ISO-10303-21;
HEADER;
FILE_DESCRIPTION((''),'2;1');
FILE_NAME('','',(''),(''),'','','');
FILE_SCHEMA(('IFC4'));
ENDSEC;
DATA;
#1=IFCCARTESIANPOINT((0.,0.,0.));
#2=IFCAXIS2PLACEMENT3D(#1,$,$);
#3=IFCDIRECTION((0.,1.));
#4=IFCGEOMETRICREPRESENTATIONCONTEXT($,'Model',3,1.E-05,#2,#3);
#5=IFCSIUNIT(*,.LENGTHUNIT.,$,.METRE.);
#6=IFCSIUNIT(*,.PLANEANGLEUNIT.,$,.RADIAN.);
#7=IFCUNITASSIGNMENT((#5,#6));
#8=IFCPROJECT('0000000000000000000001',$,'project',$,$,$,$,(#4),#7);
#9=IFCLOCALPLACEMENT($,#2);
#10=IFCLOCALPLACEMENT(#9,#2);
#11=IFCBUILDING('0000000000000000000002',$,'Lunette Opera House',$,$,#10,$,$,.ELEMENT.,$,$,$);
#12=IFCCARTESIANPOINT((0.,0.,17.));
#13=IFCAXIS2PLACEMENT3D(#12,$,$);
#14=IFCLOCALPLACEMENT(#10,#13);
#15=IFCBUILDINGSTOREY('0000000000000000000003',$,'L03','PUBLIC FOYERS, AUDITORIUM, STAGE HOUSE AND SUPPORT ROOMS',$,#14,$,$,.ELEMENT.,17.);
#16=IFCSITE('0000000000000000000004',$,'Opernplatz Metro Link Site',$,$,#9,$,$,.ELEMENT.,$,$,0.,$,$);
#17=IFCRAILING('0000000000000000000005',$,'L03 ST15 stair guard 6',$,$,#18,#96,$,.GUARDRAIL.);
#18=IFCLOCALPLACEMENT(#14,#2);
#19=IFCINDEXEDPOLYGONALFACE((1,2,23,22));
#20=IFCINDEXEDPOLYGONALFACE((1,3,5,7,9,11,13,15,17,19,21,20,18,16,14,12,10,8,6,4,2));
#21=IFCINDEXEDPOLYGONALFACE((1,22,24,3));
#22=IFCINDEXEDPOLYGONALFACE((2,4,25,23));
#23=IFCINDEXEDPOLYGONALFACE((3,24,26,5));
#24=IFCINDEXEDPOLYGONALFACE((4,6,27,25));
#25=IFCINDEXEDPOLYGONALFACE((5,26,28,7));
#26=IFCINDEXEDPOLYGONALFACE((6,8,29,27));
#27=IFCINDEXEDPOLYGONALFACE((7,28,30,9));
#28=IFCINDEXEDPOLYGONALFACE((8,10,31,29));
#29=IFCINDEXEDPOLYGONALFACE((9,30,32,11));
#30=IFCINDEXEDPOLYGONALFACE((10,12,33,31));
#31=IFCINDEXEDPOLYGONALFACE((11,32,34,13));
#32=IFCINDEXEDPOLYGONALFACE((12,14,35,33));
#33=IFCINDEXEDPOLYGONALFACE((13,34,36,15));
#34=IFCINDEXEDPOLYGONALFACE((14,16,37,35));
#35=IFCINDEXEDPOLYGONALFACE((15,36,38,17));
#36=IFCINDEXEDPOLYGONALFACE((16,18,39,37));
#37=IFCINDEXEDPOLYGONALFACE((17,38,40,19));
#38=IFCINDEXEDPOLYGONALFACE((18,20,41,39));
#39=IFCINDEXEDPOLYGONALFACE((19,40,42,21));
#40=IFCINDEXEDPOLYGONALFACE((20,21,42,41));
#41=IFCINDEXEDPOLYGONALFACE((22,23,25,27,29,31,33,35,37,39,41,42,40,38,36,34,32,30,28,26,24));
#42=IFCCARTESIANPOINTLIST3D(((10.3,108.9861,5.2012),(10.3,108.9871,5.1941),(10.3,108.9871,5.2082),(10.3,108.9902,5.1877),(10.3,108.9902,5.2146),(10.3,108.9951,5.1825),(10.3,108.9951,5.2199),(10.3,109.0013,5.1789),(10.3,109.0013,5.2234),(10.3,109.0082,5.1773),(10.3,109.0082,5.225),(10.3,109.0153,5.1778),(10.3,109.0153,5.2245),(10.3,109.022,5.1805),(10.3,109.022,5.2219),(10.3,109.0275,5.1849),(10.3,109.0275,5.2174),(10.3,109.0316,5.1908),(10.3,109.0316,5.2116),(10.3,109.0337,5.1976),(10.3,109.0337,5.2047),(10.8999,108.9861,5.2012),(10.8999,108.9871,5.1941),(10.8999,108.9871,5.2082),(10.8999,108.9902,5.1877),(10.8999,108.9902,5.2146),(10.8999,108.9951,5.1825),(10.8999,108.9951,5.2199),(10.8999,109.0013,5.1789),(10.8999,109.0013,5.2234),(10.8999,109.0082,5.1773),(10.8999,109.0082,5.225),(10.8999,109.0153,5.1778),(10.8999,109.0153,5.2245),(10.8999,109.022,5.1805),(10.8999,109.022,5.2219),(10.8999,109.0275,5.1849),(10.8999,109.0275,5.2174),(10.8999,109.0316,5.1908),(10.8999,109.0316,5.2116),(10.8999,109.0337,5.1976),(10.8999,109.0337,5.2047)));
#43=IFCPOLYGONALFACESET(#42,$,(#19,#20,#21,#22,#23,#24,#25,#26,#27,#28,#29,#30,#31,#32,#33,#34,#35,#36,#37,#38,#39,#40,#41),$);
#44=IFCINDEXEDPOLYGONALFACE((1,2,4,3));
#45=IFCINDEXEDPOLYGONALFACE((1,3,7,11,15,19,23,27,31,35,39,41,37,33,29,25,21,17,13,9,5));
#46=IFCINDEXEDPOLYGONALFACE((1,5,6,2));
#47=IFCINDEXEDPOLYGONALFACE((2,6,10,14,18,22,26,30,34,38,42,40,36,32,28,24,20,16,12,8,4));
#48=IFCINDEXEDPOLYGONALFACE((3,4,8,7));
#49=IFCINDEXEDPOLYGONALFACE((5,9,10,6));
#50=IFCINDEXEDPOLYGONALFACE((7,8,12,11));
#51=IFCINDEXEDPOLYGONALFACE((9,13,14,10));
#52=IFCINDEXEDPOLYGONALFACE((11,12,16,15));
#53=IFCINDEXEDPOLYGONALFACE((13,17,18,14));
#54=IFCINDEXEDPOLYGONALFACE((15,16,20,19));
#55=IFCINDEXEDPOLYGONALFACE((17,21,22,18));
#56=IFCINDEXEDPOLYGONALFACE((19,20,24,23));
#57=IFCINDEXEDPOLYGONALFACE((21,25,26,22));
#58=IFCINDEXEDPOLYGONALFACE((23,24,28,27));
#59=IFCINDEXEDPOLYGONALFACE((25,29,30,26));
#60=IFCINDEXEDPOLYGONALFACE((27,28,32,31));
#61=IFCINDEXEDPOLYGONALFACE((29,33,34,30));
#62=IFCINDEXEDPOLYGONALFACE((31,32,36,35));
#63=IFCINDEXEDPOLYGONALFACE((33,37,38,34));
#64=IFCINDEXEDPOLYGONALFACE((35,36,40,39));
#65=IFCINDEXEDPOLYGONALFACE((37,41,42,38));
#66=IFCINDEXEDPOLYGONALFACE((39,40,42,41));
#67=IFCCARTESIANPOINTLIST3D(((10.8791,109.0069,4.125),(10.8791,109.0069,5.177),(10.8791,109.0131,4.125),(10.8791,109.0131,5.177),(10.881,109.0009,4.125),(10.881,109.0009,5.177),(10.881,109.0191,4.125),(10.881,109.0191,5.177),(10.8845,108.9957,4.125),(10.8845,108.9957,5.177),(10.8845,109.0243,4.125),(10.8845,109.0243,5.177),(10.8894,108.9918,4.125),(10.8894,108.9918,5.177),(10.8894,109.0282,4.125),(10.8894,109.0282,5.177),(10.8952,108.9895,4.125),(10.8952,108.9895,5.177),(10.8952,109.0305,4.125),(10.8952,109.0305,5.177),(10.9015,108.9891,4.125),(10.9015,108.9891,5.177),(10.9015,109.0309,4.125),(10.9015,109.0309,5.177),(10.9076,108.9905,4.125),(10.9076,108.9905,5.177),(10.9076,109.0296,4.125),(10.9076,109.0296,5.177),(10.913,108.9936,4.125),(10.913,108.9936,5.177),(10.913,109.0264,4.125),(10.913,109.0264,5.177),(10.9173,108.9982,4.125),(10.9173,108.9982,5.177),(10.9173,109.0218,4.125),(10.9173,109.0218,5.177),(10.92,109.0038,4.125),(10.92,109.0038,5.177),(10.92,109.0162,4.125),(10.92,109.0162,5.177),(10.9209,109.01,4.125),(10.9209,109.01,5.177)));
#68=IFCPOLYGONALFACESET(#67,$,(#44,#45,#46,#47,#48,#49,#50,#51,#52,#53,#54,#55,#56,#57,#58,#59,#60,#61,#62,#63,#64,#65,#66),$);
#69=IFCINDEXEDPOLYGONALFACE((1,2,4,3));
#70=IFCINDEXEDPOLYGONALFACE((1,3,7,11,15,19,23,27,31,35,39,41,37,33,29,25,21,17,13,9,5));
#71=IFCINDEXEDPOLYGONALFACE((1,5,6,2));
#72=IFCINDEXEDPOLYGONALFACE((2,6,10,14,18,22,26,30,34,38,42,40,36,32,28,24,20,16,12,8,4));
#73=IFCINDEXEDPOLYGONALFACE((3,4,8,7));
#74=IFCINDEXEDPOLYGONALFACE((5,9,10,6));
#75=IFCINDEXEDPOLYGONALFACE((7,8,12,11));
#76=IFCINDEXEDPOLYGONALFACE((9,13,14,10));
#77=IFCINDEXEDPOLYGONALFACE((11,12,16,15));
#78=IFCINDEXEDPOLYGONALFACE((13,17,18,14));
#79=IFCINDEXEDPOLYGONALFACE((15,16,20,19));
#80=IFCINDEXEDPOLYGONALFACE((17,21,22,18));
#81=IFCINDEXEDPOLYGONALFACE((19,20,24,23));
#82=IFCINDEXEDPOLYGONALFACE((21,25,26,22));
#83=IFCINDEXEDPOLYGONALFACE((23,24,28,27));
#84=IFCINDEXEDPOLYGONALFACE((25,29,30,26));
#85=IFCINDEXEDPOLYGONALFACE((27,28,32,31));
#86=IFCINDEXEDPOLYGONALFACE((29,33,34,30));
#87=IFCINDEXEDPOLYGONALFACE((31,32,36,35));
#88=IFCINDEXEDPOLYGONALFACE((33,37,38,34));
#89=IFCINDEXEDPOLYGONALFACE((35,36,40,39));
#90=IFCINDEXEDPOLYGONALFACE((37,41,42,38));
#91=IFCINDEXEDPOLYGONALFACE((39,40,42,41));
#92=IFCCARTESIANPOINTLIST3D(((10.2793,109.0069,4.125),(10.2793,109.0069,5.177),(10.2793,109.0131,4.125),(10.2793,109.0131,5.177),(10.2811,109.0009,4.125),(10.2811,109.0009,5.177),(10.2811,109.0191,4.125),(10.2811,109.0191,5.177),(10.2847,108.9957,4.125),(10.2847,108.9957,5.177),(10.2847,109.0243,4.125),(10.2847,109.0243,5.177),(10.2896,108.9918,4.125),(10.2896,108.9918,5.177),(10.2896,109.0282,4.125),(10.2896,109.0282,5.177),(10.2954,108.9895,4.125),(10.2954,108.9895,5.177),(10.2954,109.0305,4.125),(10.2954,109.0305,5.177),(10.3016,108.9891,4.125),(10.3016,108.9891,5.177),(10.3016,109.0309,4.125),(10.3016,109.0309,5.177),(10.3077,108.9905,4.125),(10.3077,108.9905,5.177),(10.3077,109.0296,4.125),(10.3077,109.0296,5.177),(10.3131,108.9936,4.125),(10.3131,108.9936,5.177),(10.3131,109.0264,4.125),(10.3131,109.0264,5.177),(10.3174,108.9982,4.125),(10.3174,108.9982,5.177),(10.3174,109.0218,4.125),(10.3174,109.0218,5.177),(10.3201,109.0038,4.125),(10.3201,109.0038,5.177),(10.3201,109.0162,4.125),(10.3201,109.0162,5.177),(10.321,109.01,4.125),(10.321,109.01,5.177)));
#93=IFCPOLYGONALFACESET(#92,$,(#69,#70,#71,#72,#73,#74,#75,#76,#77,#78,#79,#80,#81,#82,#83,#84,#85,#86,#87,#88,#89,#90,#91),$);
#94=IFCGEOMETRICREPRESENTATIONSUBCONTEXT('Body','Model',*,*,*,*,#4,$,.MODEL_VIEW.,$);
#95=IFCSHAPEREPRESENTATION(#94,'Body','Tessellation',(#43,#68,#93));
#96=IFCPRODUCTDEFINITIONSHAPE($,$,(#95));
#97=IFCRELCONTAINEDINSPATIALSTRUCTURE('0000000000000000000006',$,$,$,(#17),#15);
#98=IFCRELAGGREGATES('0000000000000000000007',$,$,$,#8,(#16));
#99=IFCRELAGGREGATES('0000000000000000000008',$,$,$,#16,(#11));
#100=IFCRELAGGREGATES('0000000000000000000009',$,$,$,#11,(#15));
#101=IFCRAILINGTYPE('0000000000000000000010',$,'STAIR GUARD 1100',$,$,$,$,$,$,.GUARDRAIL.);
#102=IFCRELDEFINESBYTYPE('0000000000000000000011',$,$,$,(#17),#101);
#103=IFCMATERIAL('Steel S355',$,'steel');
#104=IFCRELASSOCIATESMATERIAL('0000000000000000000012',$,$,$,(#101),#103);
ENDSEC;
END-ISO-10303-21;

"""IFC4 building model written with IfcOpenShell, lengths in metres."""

from ifc_helpers import new_model, si_unit, direction, frame, origin, origin_2d, place, context, subcontext, project, spatial, circle, extrude, material, type_object, element, save


model = new_model("IFC4")

# Units and contexts
model_context = context("Model", 3, precision=1e-05, world=origin(), true_north=direction((0.0, 1.0)))
body_context = subcontext(model_context, "Body", "Model", "MODEL_VIEW")
ifc_project = project(units=[si_unit("LENGTHUNIT", "METRE"), si_unit("PLANEANGLEUNIT", "RADIAN")], contexts=[model_context])

# Site, building, storey
site_placement = place(None, origin())
site = spatial("IfcSite", under=ifc_project, at=site_placement, Name="Opernplatz Metro Link Site", CompositionType="ELEMENT", RefElevation=0.0)
building_placement = place(site_placement, origin())
building = spatial("IfcBuilding", under=site, at=building_placement, Name="Lunette Opera House", CompositionType="ELEMENT")
storey_placement = place(building_placement, frame((0.0, 0.0, 17.0)))
storey = spatial("IfcBuildingStorey", under=building, at=storey_placement, Name="L03", Description="PUBLIC FOYERS, AUDITORIUM, STAGE HOUSE AND SUPPORT ROOMS", CompositionType="ELEMENT", Elevation=17.0)

# Railing
ifc_material_1 = material(Name="Steel S355", Category="steel")
railing_type_1 = type_object("IfcRailingType", Name="STAIR GUARD 1100", PredefinedType="GUARDRAIL", material=ifc_material_1)
railing_1_placement = place(storey_placement, frame((10.8999, 109.01, 4.125)))
element("IfcRailing", 1, at=railing_1_placement, inside=storey, type_object=railing_type_1, Name="L03 ST15 stair guard 6", PredefinedType="GUARDRAIL", context=body_context, shape_type="SweptSolid", body=[
    extrude(circle(Radius=0.0239, at=origin_2d()), frame((0.0, 0.0, 1.0762), z_axis=(-1.0, 0.0, 0.0), x_axis=(0.0, -1.0, 0.0)), (0.0, 0.0, 1.0), 0.5999),
    extrude(circle(Radius=0.021, at=origin_2d()), origin(), (0.0, 0.0, 1.0), 1.052),
    extrude(circle(Radius=0.021, at=origin_2d()), frame((-0.5999, 0.0, 0.0)), (0.0, 0.0, 1.0), 1.052),
])

save(model, "model.ifc")
